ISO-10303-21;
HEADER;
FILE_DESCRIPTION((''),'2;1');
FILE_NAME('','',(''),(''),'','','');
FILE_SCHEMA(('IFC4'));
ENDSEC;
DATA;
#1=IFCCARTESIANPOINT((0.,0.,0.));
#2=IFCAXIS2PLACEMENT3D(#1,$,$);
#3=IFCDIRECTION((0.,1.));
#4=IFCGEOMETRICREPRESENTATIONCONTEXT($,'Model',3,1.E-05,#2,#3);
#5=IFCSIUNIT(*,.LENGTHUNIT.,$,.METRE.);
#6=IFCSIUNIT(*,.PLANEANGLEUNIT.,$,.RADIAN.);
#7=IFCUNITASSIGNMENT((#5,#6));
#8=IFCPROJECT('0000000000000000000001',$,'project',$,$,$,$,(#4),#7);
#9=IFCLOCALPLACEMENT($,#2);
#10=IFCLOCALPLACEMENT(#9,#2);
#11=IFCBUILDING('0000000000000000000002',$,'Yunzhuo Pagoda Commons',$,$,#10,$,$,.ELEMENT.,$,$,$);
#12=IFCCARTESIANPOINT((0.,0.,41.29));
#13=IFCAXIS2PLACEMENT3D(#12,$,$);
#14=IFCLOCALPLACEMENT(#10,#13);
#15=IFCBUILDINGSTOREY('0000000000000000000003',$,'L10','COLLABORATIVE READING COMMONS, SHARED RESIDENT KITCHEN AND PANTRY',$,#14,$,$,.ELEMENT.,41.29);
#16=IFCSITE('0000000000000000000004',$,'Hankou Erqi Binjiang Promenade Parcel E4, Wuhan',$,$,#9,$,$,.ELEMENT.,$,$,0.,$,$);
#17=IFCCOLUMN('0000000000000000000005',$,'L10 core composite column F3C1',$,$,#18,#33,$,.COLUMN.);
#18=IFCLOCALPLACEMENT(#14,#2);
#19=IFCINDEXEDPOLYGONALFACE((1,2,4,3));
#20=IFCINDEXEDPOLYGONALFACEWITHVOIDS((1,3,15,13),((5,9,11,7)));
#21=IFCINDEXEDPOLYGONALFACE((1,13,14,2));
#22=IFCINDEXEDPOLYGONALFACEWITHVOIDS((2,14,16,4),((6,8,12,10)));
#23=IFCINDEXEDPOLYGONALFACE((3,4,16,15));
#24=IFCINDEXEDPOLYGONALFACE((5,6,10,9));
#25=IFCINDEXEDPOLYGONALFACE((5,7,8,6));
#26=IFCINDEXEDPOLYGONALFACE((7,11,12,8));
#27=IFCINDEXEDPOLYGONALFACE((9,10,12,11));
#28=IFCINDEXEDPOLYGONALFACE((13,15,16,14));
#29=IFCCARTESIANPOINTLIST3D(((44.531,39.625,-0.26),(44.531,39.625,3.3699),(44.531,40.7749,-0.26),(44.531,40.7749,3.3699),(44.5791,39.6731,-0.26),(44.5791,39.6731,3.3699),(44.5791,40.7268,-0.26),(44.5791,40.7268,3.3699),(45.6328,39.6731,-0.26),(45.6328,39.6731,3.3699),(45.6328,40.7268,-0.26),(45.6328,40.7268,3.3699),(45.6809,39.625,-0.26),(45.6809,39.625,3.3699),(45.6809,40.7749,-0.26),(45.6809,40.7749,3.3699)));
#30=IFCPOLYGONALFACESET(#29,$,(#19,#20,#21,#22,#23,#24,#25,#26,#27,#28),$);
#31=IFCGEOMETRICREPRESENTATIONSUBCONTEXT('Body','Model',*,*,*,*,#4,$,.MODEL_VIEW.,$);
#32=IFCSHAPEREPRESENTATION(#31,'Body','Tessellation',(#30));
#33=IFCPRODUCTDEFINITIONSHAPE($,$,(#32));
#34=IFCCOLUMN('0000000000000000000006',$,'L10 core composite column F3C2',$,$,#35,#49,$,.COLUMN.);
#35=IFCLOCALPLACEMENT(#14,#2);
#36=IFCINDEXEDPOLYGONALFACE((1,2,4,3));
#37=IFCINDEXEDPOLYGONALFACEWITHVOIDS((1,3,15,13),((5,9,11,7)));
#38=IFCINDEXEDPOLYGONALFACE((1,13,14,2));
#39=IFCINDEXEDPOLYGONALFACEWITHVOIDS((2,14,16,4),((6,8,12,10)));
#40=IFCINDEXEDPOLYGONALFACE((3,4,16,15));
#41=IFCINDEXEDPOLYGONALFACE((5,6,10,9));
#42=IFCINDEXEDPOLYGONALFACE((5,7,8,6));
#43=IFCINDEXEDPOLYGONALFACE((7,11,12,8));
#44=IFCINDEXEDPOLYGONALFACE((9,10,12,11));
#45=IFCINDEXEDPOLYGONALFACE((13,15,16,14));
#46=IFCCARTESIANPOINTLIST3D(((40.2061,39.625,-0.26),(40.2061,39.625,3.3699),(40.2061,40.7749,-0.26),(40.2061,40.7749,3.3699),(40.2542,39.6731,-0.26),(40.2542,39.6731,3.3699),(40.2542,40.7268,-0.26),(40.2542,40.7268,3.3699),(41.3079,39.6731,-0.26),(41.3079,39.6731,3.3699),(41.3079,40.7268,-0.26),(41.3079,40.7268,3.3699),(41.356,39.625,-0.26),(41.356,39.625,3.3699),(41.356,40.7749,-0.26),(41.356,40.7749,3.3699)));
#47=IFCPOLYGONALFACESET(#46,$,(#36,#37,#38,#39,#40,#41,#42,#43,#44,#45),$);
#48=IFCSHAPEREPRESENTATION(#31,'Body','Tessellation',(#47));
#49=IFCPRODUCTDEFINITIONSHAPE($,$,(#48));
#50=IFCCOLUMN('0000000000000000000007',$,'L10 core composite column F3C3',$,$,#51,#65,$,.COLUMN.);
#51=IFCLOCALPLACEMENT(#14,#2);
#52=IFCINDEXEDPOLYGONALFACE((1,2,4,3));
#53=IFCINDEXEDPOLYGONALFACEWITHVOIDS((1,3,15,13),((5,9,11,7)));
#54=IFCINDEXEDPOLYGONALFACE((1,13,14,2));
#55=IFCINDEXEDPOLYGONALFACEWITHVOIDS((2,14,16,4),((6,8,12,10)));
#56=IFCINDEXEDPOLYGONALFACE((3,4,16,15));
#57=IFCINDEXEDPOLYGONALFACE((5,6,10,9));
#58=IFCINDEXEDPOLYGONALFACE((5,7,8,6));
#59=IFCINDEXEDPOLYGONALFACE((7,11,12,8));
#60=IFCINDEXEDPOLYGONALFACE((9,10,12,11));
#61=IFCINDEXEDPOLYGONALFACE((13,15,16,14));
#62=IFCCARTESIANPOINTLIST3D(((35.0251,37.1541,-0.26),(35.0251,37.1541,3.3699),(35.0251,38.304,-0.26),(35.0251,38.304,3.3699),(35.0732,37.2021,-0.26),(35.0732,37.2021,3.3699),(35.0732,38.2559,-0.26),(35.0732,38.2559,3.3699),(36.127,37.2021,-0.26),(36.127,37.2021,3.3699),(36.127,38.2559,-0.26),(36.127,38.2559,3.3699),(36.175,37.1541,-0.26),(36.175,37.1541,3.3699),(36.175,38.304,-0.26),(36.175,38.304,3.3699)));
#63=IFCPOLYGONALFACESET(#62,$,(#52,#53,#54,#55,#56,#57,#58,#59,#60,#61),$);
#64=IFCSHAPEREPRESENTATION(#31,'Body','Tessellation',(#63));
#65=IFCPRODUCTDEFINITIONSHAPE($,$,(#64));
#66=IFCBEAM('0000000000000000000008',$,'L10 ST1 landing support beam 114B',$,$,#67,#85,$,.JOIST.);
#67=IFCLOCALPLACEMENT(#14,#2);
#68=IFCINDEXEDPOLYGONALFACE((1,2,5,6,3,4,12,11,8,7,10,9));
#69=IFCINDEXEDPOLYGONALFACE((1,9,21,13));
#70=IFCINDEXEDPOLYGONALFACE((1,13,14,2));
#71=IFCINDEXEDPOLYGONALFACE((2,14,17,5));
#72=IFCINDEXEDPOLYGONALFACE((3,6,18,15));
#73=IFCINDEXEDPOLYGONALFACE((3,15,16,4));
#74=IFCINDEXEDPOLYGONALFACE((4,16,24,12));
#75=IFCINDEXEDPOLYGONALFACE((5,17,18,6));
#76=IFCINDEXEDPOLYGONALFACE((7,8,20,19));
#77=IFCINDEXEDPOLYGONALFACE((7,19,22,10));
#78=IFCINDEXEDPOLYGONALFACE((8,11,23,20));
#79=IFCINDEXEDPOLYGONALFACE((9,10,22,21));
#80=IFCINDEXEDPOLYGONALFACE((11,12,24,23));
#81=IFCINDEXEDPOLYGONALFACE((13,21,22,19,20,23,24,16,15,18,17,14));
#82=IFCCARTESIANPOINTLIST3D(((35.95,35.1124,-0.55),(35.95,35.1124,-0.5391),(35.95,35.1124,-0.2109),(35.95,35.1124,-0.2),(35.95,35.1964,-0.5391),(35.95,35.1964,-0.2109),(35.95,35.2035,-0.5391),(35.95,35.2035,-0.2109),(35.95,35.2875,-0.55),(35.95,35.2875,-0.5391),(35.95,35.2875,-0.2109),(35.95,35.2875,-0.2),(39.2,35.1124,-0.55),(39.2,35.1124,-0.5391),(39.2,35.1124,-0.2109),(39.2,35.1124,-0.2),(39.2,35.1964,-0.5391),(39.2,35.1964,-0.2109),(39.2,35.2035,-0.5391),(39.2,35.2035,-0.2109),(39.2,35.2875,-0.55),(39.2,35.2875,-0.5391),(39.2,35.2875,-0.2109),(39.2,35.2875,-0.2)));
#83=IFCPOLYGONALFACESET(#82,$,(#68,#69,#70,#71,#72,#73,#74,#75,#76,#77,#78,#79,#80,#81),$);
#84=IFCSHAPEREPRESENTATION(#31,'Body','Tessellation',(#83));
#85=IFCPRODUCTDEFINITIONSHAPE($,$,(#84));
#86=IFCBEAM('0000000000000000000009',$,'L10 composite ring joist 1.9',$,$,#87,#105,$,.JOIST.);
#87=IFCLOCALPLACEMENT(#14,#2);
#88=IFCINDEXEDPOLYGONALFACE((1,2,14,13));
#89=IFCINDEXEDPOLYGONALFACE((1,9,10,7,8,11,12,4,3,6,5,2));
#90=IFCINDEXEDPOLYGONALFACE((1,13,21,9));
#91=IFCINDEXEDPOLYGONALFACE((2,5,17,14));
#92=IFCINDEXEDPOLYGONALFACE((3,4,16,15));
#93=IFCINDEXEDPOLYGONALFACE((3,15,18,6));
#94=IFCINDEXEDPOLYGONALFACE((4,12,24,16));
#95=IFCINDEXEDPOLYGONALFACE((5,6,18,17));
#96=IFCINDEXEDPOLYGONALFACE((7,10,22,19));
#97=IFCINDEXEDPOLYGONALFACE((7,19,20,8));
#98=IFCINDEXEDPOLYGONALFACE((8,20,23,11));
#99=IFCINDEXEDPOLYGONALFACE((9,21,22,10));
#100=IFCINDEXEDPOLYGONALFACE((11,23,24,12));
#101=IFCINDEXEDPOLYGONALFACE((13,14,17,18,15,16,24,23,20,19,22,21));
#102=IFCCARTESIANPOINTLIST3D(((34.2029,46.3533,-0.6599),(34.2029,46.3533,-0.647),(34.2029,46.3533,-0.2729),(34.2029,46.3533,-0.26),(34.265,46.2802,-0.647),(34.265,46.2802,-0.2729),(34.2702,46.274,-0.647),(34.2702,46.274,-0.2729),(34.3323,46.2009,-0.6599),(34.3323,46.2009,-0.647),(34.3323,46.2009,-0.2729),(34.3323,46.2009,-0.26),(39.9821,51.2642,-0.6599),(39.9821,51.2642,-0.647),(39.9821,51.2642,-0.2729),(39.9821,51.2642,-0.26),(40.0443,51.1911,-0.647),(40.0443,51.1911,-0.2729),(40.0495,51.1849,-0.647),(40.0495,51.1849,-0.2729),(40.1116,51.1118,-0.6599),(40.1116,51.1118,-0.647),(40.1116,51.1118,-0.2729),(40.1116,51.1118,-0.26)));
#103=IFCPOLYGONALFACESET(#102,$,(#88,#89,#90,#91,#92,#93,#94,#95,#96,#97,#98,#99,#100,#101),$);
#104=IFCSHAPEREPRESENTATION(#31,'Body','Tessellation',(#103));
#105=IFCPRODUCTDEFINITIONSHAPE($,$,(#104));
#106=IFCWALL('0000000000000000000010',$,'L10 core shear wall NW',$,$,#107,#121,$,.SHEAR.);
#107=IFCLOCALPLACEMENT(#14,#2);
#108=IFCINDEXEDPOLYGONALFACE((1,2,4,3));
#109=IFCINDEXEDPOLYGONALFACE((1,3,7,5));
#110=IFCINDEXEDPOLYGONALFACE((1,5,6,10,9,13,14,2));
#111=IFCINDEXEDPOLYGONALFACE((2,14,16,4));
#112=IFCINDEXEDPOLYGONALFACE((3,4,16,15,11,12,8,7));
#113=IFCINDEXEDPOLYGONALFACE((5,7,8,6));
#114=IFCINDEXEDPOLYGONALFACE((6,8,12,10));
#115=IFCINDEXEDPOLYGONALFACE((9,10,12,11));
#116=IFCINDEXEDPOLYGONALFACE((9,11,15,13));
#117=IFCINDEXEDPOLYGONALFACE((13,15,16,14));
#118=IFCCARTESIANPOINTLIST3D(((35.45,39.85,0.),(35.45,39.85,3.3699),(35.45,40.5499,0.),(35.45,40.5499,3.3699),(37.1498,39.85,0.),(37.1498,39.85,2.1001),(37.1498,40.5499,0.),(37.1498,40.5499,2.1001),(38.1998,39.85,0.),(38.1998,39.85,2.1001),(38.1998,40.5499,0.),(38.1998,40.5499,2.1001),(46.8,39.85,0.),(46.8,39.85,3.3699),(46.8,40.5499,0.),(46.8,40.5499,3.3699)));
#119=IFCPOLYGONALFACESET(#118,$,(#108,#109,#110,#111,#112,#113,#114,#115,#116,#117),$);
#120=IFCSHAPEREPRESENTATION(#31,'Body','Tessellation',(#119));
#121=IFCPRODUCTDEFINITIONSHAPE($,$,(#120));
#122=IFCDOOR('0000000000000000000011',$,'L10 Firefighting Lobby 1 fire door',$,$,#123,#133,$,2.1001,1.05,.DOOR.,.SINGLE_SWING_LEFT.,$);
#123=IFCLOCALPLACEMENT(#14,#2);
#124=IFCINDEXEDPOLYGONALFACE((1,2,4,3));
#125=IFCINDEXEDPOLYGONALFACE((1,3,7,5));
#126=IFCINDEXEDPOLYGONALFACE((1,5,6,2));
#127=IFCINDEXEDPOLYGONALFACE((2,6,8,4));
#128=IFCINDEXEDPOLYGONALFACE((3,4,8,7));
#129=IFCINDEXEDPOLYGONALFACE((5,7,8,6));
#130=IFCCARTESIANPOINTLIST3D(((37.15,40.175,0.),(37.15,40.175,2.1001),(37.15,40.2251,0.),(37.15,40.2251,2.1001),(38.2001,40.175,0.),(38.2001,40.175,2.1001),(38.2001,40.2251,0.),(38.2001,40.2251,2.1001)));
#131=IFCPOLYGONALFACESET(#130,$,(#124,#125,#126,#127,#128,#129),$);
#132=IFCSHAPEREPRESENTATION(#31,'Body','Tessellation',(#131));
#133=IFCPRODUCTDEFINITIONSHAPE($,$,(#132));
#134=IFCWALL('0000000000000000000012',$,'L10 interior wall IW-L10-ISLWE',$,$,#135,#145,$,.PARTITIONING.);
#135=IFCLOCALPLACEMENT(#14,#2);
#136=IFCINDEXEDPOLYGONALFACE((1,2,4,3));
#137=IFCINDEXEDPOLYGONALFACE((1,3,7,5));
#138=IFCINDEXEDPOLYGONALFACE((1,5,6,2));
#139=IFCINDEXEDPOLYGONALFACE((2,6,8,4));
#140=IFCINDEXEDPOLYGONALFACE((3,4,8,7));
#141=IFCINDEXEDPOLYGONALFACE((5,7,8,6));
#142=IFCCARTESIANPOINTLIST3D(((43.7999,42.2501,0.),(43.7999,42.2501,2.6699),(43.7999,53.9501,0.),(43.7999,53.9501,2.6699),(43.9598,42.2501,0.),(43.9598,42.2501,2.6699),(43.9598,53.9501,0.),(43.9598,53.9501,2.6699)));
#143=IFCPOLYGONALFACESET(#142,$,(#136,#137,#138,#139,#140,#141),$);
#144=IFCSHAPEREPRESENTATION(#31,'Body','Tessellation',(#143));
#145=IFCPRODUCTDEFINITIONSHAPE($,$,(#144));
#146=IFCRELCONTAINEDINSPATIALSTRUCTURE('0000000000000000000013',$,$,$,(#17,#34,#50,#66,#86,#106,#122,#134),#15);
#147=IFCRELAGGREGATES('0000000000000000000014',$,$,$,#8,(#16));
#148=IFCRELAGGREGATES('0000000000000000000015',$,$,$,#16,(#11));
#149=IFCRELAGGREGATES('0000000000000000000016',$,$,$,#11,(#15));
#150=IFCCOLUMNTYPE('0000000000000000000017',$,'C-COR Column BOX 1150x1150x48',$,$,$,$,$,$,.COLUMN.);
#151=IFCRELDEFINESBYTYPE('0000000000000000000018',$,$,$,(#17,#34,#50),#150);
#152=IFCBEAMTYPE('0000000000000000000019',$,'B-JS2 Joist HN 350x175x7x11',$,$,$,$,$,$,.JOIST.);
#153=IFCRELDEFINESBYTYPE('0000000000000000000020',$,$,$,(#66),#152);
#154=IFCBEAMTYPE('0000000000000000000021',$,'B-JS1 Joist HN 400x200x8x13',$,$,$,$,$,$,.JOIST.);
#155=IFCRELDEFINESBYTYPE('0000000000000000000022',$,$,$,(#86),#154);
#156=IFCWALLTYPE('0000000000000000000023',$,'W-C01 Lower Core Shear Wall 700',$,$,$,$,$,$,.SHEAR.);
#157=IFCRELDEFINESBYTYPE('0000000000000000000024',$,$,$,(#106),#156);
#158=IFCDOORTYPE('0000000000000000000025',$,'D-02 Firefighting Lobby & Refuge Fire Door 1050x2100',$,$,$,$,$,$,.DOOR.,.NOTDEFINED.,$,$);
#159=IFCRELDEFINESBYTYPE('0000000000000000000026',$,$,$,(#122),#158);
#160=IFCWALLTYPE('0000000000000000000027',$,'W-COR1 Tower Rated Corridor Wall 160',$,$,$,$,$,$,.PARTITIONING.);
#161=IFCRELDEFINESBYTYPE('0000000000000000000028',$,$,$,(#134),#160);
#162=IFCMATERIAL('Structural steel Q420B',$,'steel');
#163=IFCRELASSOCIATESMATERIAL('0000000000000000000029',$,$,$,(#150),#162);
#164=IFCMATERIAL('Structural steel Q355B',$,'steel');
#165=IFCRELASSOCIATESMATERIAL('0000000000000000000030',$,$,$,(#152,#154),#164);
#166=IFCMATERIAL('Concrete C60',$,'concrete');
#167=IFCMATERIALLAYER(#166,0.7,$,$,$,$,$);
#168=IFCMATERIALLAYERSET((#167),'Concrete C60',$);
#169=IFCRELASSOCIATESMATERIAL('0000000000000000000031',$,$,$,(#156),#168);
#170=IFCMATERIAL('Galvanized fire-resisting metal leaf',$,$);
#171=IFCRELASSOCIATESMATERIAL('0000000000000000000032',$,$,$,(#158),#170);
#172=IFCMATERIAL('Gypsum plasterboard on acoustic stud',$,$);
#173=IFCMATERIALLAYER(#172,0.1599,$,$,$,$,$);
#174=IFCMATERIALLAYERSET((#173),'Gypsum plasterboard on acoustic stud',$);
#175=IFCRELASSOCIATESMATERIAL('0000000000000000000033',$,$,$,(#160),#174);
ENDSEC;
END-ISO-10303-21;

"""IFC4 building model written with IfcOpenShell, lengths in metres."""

from ifc_helpers import new_model, si_unit, direction, frame, frame_2d, origin, origin_2d, place, context, subcontext, project, spatial, rectangle, hollow_rectangle, i_section, extrude, source, transform, mapped, material, layer, layer_set, material_profile, profile_set, type_object, element, fill, save


model = new_model("IFC4")

# Units and contexts
model_context = context("Model", 3, precision=1e-05, world=origin(), true_north=direction((0.0, 1.0)))
body_context = subcontext(model_context, "Body", "Model", "MODEL_VIEW")
ifc_project = project(units=[si_unit("LENGTHUNIT", "METRE"), si_unit("PLANEANGLEUNIT", "RADIAN")], contexts=[model_context])

# Site, building, storey
site_placement = place(None, origin())
site = spatial("IfcSite", under=ifc_project, at=site_placement, Name="Hankou Erqi Binjiang Promenade Parcel E4, Wuhan", CompositionType="ELEMENT", RefElevation=0.0)
building_placement = place(site_placement, origin())
building = spatial("IfcBuilding", under=site, at=building_placement, Name="Yunzhuo Pagoda Commons", CompositionType="ELEMENT")
storey_placement = place(building_placement, frame((0.0, 0.0, 41.29)))
storey = spatial("IfcBuildingStorey", under=building, at=storey_placement, Name="L10", Description="COLLABORATIVE READING COMMONS, SHARED RESIDENT KITCHEN AND PANTRY", CompositionType="ELEMENT", Elevation=41.29)

# Columns
ifc_material_1 = material(Name="Structural steel Q420B", Category="steel")
ifc_material_profile_1 = material_profile(ifc_material_1, hollow_rectangle(XDim=1.1499, YDim=1.1499, WallThickness=0.0481, at=origin_2d()), Name="Structural steel Q420B")
ifc_profile_set_1 = profile_set([ifc_material_profile_1], Name="Structural steel Q420B")
column_type = type_object("IfcColumnType", Name="C-COR Column BOX 1150x1150x48", PredefinedType="COLUMN", material=ifc_profile_set_1)
shared_shape_1 = source(origin(), body_context, "Body", "SweptSolid", [
    extrude(hollow_rectangle(XDim=1.1499, YDim=1.1499, WallThickness=0.0481, at=origin_2d()), origin(), (0.0, 0.0, 1.0), 3.6299),
])
for number, where, z_axis, x_axis, name in (
    (1, (45.106, 40.2, -0.26), (0.0, 0.0, 1.0), (1.0, 0.0, 0.0), "L10 core composite column F3C1"),
    (2, (40.781, 40.2, -0.26), (0.0, 0.0, 1.0), (1.0, 0.0, 0.0), "L10 core composite column F3C2"),
    (3, (35.6001, 37.729, -0.26), (0.0, 0.0, 1.0), (1.0, 0.0, 0.0), "L10 core composite column F3C3"),
):
    element("IfcColumn", number, at=place(storey_placement, frame(where, z_axis=z_axis, x_axis=x_axis)), inside=storey, type_object=column_type, Name=name, PredefinedType="COLUMN", context=body_context, shape_type="MappedRepresentation", body=[
        mapped(shared_shape_1, transform((0.0, 0.0, 0.0), scale=1.0)),
    ])

# Beams
ifc_material_2 = material(Name="Structural steel Q355B", Category="steel")
ifc_material_profile_2 = material_profile(ifc_material_2, i_section(OverallWidth=0.175, OverallDepth=0.3501, WebThickness=0.0071, FlangeThickness=0.011, at=origin_2d()), Name="Structural steel Q355B")
ifc_profile_set_2 = profile_set([ifc_material_profile_2], Name="Structural steel Q355B")
beam_type_1 = type_object("IfcBeamType", Name="B-JS2 Joist HN 350x175x7x11", PredefinedType="JOIST", material=ifc_profile_set_2)
shared_shape_2 = source(origin(), body_context, "Body", "SweptSolid", [
    extrude(i_section(OverallWidth=0.175, OverallDepth=0.3501, WebThickness=0.0071, FlangeThickness=0.011, at=origin_2d()), origin(), (0.0, 0.0, 1.0), 3.25),
])
beam_1_placement = place(storey_placement, frame((35.95, 35.2, -0.375), z_axis=(1.0, 0.0, 0.0), x_axis=(0.0, 1.0, 0.0)))
element("IfcBeam", 4, at=beam_1_placement, inside=storey, type_object=beam_type_1, Name="L10 ST1 landing support beam 114B", PredefinedType="JOIST", context=body_context, shape_type="MappedRepresentation", body=[
    mapped(shared_shape_2, transform((0.0, 0.0, 0.0), scale=1.0)),
])
ifc_material_profile_3 = material_profile(ifc_material_2, i_section(OverallWidth=0.2, OverallDepth=0.3999, WebThickness=0.0081, FlangeThickness=0.0129, at=origin_2d()), Name="Structural steel Q355B")
ifc_profile_set_3 = profile_set([ifc_material_profile_3], Name="Structural steel Q355B")
beam_type_2 = type_object("IfcBeamType", Name="B-JS1 Joist HN 400x200x8x13", PredefinedType="JOIST", material=ifc_profile_set_3)
shared_shape_3 = source(origin(), body_context, "Body", "SweptSolid", [
    extrude(i_section(OverallWidth=0.2, OverallDepth=0.3999, WebThickness=0.0081, FlangeThickness=0.0129, at=origin_2d()), origin(), (0.0, 0.0, 1.0), 7.584),
])
beam_2_placement = place(storey_placement, frame((40.0469, 51.188, -0.46), z_axis=(-0.762038, -0.647533, 0.0), x_axis=(0.647533, -0.762038, 0.0)))
element("IfcBeam", 5, at=beam_2_placement, inside=storey, type_object=beam_type_2, Name="L10 composite ring joist 1.9", PredefinedType="JOIST", context=body_context, shape_type="MappedRepresentation", body=[
    mapped(shared_shape_3, transform((0.0, 0.0, 0.0), scale=1.0)),
])

# Wall, opening, door
ifc_material_3 = material(Name="Concrete C60", Category="concrete")
ifc_layer_1 = layer(ifc_material_3, 0.7)
ifc_layer_set_1 = layer_set([ifc_layer_1], Name="Concrete C60")
wall_type_1 = type_object("IfcWallType", Name="W-C01 Lower Core Shear Wall 700", PredefinedType="SHEAR", material=ifc_layer_set_1)
wall_1_placement = place(storey_placement, frame((35.45, 40.2, 0.0), z_axis=(0.0, 0.0, 1.0), x_axis=(1.0, 0.0, 0.0)))
wall_1 = element("IfcWall", 6, at=wall_1_placement, inside=storey, type_object=wall_type_1, Name="L10 core shear wall NW", PredefinedType="SHEAR", context=body_context, shape_type="SweptSolid", body=[
    extrude(rectangle(XDim=11.3501, YDim=0.7, at=frame_2d((5.675, 0.0))), origin(), (0.0, 0.0, 1.0), 3.3699),
])
opening_1_placement = place(wall_1_placement, frame((1.7, 0.0, 0.0)))
opening_1 = element("IfcOpeningElement", 7, at=opening_1_placement, cuts=wall_1, PredefinedType="OPENING", context=body_context, shape_type="SweptSolid", body=[
    extrude(rectangle(XDim=1.05, YDim=2.1001, at=frame_2d((0.5249, 1.05))), frame((0.0, 0.3599, 0.0), z_axis=(0.0, -1.0, 0.0), x_axis=(1.0, 0.0, 0.0)), (0.0, 0.0, 1.0), 0.72),
])
ifc_material_4 = material(Name="Galvanized fire-resisting metal leaf")
door_type_1 = type_object("IfcDoorType", Name="D-02 Firefighting Lobby & Refuge Fire Door 1050x2100", OperationType="NOTDEFINED", PredefinedType="DOOR", material=ifc_material_4)
shared_shape_4 = source(origin(), body_context, "Body", "SweptSolid", [
    extrude(rectangle(XDim=1.05, YDim=2.1001, at=frame_2d((0.5249, 1.05))), frame((0.0, 0.0249, 0.0), z_axis=(0.0, -1.0, 0.0), x_axis=(1.0, 0.0, 0.0)), (0.0, 0.0, 1.0), 0.05),
])
door_1_placement = place(opening_1_placement, frame((1.05, 0.0, 0.0), z_axis=(0.0, 0.0, 1.0), x_axis=(-1.0, 0.0, 0.0)))
door_1 = element("IfcDoor", 8, at=door_1_placement, inside=storey, type_object=door_type_1, Name="L10 Firefighting Lobby 1 fire door", OperationType="SINGLE_SWING_LEFT", OverallHeight=2.1001, OverallWidth=1.05, PredefinedType="DOOR", context=body_context, shape_type="MappedRepresentation", body=[
    mapped(shared_shape_4, transform((0.0, 0.0, 0.0), scale=1.0)),
])
fill(opening_1, door_1)

# Wall
ifc_material_5 = material(Name="Gypsum plasterboard on acoustic stud")
ifc_layer_2 = layer(ifc_material_5, 0.1599)
ifc_layer_set_2 = layer_set([ifc_layer_2], Name="Gypsum plasterboard on acoustic stud")
wall_type_2 = type_object("IfcWallType", Name="W-COR1 Tower Rated Corridor Wall 160", PredefinedType="PARTITIONING", material=ifc_layer_set_2)
wall_2_placement = place(storey_placement, frame((43.8799, 42.25, 0.0), z_axis=(0.0, 0.0, 1.0), x_axis=(0.0, 1.0, 0.0)))
element("IfcWall", 9, at=wall_2_placement, inside=storey, type_object=wall_type_2, Name="L10 interior wall IW-L10-ISLWE", PredefinedType="PARTITIONING", context=body_context, shape_type="SweptSolid", body=[
    extrude(rectangle(XDim=11.7, YDim=0.1599, at=frame_2d((5.8501, 0.0))), origin(), (0.0, 0.0, 1.0), 2.6699),
])

save(model, "model.ifc")
